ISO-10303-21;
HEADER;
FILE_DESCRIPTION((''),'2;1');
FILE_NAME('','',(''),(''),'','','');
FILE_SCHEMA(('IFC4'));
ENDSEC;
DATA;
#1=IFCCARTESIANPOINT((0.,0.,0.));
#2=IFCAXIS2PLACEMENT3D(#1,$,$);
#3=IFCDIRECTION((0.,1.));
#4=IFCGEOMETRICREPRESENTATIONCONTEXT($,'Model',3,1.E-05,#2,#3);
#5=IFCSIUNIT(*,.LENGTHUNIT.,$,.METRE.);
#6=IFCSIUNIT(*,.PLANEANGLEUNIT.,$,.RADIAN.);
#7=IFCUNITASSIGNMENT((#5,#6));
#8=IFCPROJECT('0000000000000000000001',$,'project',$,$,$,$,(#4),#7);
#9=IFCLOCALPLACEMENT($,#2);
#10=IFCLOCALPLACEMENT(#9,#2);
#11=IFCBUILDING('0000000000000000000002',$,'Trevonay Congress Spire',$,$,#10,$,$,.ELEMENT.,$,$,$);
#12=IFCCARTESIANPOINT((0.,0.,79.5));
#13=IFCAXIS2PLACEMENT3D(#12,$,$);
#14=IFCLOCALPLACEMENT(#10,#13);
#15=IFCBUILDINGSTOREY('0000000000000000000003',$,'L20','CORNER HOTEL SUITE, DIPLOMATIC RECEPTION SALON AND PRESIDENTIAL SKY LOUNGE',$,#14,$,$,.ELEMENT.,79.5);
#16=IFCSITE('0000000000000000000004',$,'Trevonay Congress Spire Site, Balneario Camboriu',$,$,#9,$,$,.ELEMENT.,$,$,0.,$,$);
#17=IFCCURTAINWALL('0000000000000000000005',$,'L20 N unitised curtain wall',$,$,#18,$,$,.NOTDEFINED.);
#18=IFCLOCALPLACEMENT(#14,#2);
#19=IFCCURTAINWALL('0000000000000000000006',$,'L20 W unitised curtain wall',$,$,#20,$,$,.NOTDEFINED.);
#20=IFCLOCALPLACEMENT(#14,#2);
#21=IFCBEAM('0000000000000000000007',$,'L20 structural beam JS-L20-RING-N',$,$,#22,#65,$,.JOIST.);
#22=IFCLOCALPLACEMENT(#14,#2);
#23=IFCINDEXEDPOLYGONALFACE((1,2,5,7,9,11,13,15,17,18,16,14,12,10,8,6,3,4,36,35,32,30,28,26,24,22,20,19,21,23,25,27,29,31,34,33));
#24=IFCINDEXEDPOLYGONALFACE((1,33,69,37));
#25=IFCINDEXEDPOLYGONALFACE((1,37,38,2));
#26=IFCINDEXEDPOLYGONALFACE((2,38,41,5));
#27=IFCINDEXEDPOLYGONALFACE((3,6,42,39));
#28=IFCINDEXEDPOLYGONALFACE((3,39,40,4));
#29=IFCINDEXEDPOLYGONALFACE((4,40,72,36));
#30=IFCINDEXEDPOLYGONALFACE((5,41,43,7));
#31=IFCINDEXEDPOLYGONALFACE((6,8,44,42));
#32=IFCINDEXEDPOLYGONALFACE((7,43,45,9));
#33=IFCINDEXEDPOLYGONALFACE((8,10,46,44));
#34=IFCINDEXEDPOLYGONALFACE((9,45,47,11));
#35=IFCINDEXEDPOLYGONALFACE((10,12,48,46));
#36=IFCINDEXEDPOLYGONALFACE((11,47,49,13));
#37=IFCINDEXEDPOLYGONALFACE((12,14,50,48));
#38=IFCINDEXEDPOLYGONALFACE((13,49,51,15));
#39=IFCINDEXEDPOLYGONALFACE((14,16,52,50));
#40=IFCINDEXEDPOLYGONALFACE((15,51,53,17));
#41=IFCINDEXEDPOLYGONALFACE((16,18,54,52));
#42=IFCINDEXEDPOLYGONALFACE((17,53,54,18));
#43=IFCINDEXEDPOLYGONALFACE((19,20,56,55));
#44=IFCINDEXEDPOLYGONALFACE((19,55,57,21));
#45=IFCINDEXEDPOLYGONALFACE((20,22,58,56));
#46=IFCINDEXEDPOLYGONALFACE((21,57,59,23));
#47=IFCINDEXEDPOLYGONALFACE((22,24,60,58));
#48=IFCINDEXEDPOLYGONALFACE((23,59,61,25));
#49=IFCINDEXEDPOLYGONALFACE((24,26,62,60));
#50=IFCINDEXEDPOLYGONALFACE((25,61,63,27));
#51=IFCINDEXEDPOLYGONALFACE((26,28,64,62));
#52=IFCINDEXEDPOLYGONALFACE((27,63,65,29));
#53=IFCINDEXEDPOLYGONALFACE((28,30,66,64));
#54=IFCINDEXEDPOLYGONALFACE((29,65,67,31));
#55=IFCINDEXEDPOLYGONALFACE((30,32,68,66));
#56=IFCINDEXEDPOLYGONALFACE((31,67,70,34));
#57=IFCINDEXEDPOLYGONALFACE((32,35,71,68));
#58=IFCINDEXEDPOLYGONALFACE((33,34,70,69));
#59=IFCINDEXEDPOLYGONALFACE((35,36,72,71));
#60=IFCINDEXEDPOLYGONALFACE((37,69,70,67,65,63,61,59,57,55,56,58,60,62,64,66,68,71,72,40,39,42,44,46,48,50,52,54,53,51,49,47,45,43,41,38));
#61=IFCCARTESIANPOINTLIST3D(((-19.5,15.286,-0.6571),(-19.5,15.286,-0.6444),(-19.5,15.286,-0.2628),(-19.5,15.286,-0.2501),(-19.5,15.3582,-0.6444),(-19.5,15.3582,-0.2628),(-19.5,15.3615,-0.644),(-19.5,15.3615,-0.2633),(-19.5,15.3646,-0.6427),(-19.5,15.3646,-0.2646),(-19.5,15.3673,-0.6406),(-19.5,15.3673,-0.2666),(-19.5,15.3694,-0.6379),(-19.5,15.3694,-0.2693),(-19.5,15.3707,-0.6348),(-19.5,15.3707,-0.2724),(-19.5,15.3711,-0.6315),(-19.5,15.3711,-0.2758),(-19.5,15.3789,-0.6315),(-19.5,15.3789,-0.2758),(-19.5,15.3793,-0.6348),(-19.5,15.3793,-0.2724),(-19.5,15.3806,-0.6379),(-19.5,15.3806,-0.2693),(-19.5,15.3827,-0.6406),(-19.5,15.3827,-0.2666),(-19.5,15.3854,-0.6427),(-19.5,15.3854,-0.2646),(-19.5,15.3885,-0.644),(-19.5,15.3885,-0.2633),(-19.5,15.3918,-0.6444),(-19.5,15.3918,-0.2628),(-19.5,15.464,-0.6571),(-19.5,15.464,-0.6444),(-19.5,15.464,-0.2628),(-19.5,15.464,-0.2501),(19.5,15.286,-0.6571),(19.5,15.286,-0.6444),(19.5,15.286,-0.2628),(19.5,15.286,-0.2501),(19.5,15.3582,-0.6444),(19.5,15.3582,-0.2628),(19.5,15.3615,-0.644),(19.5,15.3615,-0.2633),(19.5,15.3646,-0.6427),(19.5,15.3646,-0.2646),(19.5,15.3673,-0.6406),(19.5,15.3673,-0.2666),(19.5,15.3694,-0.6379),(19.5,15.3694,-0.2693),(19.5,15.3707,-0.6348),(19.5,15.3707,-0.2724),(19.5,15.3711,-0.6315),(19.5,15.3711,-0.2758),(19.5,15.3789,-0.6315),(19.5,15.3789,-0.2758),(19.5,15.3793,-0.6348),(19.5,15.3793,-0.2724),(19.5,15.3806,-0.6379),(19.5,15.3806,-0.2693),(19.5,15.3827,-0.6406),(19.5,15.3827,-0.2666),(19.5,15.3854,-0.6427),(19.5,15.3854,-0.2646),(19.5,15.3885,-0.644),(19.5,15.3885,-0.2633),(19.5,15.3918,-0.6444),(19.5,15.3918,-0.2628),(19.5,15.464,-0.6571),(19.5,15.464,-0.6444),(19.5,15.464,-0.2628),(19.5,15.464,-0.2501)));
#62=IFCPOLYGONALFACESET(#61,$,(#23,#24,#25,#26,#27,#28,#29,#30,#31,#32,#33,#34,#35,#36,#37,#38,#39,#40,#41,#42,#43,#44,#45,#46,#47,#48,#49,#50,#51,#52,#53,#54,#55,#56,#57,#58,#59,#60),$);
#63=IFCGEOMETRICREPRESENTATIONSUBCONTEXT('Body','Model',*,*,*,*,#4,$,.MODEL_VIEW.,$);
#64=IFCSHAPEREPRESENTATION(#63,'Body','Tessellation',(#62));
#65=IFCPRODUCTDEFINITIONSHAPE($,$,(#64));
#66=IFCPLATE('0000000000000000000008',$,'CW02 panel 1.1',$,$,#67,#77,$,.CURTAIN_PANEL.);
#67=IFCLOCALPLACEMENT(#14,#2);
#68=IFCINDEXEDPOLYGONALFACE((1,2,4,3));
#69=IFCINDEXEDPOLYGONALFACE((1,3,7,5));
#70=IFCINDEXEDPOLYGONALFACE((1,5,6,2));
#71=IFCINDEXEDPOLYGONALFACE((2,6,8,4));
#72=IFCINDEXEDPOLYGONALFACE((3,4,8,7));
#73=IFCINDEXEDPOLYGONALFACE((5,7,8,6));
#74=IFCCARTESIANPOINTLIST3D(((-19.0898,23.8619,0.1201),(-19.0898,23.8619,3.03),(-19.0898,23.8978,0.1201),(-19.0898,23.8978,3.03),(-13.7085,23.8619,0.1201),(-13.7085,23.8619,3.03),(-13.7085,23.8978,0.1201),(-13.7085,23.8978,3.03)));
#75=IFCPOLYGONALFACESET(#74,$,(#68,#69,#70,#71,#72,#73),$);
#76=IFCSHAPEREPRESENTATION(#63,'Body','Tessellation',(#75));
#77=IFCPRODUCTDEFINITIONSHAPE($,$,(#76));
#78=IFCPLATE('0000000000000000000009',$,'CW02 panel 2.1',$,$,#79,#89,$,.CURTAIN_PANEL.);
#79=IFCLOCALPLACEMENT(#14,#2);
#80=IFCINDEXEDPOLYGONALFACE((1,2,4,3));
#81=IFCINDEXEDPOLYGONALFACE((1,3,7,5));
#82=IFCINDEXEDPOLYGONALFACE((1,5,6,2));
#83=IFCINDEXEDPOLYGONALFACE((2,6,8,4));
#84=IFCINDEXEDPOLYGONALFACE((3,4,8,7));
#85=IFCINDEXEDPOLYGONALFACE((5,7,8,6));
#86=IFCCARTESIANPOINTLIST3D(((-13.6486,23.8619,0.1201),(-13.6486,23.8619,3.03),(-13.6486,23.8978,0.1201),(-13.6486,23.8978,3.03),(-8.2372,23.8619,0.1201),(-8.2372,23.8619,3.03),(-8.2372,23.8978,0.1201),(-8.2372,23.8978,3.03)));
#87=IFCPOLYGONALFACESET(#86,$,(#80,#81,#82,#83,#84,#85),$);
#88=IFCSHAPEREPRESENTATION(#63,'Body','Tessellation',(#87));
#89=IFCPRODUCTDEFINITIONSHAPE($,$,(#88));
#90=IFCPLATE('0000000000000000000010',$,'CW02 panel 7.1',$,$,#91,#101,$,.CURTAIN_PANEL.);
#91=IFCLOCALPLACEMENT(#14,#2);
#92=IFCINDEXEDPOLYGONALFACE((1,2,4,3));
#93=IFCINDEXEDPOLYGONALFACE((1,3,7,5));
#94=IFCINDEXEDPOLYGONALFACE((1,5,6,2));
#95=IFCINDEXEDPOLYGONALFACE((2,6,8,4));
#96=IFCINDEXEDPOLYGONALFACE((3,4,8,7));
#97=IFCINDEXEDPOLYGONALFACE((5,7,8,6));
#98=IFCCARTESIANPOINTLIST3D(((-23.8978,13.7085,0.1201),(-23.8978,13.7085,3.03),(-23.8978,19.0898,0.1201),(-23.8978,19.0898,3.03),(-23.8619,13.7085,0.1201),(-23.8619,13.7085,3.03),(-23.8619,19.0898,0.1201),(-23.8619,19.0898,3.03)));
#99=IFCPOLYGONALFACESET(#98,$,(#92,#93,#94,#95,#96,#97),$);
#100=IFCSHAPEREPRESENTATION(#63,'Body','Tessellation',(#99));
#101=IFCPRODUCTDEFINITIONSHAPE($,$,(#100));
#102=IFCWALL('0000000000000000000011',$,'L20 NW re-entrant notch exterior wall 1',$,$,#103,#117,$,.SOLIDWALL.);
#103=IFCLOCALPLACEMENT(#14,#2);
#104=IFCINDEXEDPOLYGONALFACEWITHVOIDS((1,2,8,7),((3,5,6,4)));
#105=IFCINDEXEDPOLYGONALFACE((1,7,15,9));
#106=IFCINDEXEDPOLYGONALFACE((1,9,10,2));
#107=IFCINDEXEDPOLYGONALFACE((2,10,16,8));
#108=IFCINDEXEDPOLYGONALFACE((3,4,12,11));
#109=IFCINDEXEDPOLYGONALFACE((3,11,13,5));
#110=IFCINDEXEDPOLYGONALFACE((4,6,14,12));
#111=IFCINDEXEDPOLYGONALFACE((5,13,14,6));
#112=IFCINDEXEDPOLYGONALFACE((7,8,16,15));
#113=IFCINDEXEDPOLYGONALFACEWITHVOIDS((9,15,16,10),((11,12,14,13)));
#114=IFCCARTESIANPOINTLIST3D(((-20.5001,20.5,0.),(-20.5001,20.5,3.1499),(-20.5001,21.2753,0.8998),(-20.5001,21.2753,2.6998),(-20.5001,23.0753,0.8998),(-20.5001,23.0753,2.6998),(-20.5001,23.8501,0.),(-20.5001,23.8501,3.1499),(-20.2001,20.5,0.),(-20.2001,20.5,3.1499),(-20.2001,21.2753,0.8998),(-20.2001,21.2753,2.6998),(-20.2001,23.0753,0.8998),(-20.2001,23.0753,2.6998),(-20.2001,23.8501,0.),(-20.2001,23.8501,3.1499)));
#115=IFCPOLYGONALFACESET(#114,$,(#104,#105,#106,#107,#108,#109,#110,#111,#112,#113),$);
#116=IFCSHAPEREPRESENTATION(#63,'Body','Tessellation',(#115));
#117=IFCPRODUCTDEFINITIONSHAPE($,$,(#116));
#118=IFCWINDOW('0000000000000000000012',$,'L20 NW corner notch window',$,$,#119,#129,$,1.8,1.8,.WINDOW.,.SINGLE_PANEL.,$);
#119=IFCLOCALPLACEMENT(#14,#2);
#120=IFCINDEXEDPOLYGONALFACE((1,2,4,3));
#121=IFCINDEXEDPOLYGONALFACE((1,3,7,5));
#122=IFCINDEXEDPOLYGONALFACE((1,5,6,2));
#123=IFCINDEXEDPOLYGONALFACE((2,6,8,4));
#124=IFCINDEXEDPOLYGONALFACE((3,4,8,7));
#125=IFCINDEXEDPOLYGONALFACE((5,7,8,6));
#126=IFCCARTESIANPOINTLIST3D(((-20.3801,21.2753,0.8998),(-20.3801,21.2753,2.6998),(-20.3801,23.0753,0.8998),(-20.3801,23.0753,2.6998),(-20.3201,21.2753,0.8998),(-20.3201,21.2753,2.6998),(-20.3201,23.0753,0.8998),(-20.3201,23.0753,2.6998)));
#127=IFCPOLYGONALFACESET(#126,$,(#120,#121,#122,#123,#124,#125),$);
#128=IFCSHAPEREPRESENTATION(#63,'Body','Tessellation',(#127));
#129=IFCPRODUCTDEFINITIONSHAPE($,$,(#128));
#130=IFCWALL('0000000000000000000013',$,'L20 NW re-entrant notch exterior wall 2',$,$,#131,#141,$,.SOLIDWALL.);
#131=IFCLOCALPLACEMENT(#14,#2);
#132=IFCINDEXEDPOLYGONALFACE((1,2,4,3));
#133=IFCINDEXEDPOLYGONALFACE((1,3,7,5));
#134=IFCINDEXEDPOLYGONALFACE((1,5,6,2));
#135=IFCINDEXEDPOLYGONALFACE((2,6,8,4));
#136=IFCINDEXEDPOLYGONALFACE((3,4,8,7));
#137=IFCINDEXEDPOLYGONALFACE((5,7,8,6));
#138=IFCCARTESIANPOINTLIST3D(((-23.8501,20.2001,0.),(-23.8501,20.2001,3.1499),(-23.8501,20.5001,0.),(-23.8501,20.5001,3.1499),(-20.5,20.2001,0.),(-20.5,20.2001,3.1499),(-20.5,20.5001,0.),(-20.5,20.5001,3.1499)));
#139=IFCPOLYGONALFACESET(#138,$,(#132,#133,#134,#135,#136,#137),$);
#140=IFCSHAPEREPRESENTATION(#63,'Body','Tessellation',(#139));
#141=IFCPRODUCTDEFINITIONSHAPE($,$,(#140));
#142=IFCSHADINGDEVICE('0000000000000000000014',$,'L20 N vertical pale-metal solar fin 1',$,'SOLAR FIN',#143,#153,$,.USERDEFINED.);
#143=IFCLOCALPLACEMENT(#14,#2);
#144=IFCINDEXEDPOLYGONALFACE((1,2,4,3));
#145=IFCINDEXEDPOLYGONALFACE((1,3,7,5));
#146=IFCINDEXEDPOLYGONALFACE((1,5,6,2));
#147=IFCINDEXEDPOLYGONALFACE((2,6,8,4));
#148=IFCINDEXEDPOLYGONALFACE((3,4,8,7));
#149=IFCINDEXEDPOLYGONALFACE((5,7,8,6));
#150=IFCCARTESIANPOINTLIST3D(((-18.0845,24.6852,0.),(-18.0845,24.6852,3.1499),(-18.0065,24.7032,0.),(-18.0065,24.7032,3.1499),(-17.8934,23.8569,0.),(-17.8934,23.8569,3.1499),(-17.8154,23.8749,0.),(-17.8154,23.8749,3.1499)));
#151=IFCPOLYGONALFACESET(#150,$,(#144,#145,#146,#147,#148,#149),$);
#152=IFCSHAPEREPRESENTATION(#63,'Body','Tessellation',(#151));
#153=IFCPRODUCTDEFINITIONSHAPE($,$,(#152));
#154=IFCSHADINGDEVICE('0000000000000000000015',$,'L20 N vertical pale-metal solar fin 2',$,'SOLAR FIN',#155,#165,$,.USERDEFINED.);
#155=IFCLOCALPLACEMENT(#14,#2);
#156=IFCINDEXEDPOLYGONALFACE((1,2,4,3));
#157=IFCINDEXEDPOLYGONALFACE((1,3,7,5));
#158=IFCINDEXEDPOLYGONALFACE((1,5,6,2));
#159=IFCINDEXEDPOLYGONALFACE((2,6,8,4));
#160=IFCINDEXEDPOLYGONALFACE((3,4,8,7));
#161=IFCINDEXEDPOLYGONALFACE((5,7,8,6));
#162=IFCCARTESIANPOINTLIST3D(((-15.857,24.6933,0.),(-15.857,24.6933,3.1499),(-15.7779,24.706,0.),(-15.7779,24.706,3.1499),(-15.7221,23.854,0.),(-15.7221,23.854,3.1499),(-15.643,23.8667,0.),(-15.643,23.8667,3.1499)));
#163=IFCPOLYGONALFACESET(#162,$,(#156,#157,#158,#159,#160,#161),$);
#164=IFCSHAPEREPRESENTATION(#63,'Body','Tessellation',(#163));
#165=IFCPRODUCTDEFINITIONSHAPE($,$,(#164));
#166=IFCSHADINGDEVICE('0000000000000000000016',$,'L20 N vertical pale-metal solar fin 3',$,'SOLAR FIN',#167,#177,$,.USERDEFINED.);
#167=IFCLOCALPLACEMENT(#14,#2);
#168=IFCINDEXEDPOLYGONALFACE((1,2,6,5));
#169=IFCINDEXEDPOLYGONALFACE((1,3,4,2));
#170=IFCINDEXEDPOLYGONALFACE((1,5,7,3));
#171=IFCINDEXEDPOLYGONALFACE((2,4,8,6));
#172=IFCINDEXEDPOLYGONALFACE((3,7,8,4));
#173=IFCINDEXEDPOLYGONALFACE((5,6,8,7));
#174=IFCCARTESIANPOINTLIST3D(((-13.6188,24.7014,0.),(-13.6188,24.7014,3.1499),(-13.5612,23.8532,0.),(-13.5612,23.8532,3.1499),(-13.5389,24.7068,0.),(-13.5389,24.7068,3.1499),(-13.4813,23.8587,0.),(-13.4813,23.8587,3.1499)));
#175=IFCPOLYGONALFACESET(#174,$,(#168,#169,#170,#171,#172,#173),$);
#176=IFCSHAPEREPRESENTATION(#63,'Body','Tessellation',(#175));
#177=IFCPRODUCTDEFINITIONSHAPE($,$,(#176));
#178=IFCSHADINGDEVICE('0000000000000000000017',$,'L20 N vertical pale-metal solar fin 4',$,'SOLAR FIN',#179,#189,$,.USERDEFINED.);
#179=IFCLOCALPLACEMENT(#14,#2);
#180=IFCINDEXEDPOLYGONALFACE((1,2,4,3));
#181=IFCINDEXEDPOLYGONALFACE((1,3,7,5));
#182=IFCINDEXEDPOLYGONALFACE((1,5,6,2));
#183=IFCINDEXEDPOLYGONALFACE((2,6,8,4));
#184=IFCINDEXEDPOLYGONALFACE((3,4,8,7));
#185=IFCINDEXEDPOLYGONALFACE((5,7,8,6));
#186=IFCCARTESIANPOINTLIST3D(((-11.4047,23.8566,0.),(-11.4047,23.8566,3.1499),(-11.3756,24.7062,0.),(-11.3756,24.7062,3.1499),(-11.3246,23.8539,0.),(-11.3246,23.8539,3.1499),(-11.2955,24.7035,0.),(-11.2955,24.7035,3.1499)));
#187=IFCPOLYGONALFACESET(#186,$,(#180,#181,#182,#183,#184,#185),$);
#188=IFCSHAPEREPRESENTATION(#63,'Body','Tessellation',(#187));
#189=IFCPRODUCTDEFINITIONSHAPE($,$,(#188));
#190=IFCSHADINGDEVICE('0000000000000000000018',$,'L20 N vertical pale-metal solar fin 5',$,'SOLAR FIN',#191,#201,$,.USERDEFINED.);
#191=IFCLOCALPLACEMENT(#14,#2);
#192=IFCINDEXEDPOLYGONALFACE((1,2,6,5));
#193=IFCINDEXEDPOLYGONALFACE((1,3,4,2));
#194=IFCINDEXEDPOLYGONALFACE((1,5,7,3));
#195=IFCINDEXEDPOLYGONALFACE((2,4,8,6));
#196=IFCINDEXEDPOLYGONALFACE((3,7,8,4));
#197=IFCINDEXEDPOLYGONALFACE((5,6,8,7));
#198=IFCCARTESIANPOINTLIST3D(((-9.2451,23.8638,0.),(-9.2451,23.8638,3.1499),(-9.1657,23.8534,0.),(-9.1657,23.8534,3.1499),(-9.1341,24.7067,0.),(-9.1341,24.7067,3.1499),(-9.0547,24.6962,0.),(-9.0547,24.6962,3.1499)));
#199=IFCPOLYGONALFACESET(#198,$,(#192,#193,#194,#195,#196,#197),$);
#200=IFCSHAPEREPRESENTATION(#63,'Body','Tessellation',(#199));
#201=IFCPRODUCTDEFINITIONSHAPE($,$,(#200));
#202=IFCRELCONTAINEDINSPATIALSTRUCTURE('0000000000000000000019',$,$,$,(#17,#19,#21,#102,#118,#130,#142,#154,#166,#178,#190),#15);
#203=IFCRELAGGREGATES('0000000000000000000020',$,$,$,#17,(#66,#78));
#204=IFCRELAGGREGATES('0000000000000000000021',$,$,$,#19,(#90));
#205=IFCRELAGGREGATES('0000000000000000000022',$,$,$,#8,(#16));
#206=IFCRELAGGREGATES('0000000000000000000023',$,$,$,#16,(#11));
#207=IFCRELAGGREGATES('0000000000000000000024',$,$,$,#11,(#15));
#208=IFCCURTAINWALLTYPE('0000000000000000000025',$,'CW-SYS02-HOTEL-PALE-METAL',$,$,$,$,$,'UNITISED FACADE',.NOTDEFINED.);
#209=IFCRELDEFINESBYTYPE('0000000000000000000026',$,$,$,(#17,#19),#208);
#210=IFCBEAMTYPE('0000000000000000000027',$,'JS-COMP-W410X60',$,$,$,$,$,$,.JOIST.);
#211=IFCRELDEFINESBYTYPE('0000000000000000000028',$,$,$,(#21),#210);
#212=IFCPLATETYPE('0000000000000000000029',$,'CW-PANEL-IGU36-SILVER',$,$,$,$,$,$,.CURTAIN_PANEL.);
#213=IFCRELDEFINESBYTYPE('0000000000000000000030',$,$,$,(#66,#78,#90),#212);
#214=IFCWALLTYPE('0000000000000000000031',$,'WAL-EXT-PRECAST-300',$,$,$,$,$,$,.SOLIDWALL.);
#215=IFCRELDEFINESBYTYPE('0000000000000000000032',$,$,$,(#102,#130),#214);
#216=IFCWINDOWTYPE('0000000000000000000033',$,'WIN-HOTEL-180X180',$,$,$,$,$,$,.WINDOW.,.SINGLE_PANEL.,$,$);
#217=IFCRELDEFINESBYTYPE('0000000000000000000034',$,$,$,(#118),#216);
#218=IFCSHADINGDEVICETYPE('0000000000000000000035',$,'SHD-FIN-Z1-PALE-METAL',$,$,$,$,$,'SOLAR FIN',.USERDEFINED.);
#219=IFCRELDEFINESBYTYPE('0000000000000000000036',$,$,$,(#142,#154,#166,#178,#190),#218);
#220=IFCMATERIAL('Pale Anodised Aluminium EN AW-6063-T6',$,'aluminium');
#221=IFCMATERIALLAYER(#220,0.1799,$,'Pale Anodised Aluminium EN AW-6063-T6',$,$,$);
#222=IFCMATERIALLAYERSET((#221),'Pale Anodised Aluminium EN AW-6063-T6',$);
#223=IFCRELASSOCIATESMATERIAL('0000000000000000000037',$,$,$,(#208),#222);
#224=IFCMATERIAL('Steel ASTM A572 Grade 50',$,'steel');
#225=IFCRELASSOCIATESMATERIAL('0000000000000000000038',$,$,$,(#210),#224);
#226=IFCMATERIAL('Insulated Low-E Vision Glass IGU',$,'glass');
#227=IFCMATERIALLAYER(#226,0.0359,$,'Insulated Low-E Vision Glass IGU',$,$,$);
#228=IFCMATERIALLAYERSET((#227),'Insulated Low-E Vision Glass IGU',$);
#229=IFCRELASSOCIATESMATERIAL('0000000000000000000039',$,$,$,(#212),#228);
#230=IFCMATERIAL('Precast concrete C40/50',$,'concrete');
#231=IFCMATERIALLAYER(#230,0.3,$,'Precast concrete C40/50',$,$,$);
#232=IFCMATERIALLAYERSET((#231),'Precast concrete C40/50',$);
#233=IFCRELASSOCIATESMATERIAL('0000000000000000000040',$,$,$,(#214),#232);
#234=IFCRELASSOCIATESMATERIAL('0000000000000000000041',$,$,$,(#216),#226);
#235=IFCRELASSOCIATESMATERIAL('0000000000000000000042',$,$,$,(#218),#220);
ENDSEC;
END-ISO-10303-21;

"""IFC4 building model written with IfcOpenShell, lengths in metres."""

from ifc_helpers import new_model, si_unit, direction, frame, frame_2d, origin, origin_2d, place, context, subcontext, project, spatial, rectangle, i_section, extrude, material, layer, layer_set, material_profile, profile_set, type_object, element, fill, aggregate, save


model = new_model("IFC4")

# Units and contexts
model_context = context("Model", 3, precision=1e-05, world=origin(), true_north=direction((0.0, 1.0)))
body_context = subcontext(model_context, "Body", "Model", "MODEL_VIEW")
ifc_project = project(units=[si_unit("LENGTHUNIT", "METRE"), si_unit("PLANEANGLEUNIT", "RADIAN")], contexts=[model_context])

# Site, building, storey
site_placement = place(None, origin())
site = spatial("IfcSite", under=ifc_project, at=site_placement, Name="Trevonay Congress Spire Site, Balneario Camboriu", CompositionType="ELEMENT", RefElevation=0.0)
building_placement = place(site_placement, origin())
building = spatial("IfcBuilding", under=site, at=building_placement, Name="Trevonay Congress Spire", CompositionType="ELEMENT")
storey_placement = place(building_placement, frame((0.0, 0.0, 79.5)))
storey = spatial("IfcBuildingStorey", under=building, at=storey_placement, Name="L20", Description="CORNER HOTEL SUITE, DIPLOMATIC RECEPTION SALON AND PRESIDENTIAL SKY LOUNGE", CompositionType="ELEMENT", Elevation=79.5)

# Shared definitions
ifc_material_1 = material(Name="Steel ASTM A572 Grade 50", Category="steel")

# Curtain wall
ifc_material_2 = material(Name="Pale Anodised Aluminium EN AW-6063-T6", Category="aluminium")
ifc_layer_1 = layer(ifc_material_2, 0.1799, Name="Pale Anodised Aluminium EN AW-6063-T6")
ifc_layer_set_1 = layer_set([ifc_layer_1], Name="Pale Anodised Aluminium EN AW-6063-T6")
curtain_wall_type = type_object("IfcCurtainWallType", Name="CW-SYS02-HOTEL-PALE-METAL", ElementType="UNITISED FACADE", PredefinedType="NOTDEFINED", material=ifc_layer_set_1)
curtain_wall_1_placement = place(storey_placement, origin())
curtain_wall_1 = element("IfcCurtainWall", 1, at=curtain_wall_1_placement, inside=storey, type_object=curtain_wall_type, Name="L20 N unitised curtain wall", PredefinedType="NOTDEFINED")

# Curtain wall
curtain_wall_2_placement = place(storey_placement, origin())
curtain_wall_2 = element("IfcCurtainWall", 2, at=curtain_wall_2_placement, inside=storey, type_object=curtain_wall_type, Name="L20 W unitised curtain wall", PredefinedType="NOTDEFINED")

# Beam
ifc_material_profile_1 = material_profile(ifc_material_1, i_section(OverallWidth=0.178, OverallDepth=0.407, WebThickness=0.0078, FlangeThickness=0.0127, FilletRadius=0.0129, at=origin_2d()), Name="W410x60")
ifc_profile_set_1 = profile_set([ifc_material_profile_1], Name="Steel ASTM A572 Grade 50")
beam_type_1 = type_object("IfcBeamType", Name="JS-COMP-W410X60", PredefinedType="JOIST", material=ifc_profile_set_1)
beam_1_placement = place(storey_placement, frame((-19.5, 15.375, -0.4536), z_axis=(1.0, 0.0, 0.0), x_axis=(0.0, 1.0, 0.0)))
element("IfcBeam", 3, at=beam_1_placement, inside=storey, type_object=beam_type_1, Name="L20 structural beam JS-L20-RING-N", PredefinedType="JOIST", context=body_context, shape_type="SweptSolid", body=[
    extrude(i_section(OverallWidth=0.178, OverallDepth=0.407, WebThickness=0.0078, FlangeThickness=0.0127, FilletRadius=0.0129, at=origin_2d()), origin(), (0.0, 0.0, 1.0), 39.0),
])

# Plates
ifc_material_3 = material(Name="Insulated Low-E Vision Glass IGU", Category="glass")
ifc_layer_2 = layer(ifc_material_3, 0.0359, Name="Insulated Low-E Vision Glass IGU")
ifc_layer_set_2 = layer_set([ifc_layer_2], Name="Insulated Low-E Vision Glass IGU")
plate_type = type_object("IfcPlateType", Name="CW-PANEL-IGU36-SILVER", PredefinedType="CURTAIN_PANEL", material=ifc_layer_set_2)
plate_1_placement = place(storey_placement, frame((-16.3992, 23.8799, 0.1201), z_axis=(0.0, 0.0, 1.0), x_axis=(1.0, 0.0, 0.0)))
plate_1 = element("IfcPlate", 4, at=plate_1_placement, type_object=plate_type, Name="CW02 panel 1.1", PredefinedType="CURTAIN_PANEL", context=body_context, shape_type="SweptSolid", body=[
    extrude(rectangle(XDim=5.3813, YDim=0.0359, at=origin_2d()), origin(), (0.0, 0.0, 1.0), 2.9099),
])
plate_2_placement = place(storey_placement, frame((-10.9429, 23.8799, 0.1201), z_axis=(0.0, 0.0, 1.0), x_axis=(1.0, 0.0, 0.0)))
plate_2 = element("IfcPlate", 5, at=plate_2_placement, type_object=plate_type, Name="CW02 panel 2.1", PredefinedType="CURTAIN_PANEL", context=body_context, shape_type="SweptSolid", body=[
    extrude(rectangle(XDim=5.4114, YDim=0.0359, at=origin_2d()), origin(), (0.0, 0.0, 1.0), 2.9099),
])
aggregate(curtain_wall_1, [plate_1, plate_2])
plate_3_placement = place(storey_placement, frame((-23.8799, 16.3992, 0.1201), z_axis=(0.0, 0.0, 1.0), x_axis=(0.0, 1.0, 0.0)))
plate_3 = element("IfcPlate", 6, at=plate_3_placement, type_object=plate_type, Name="CW02 panel 7.1", PredefinedType="CURTAIN_PANEL", context=body_context, shape_type="SweptSolid", body=[
    extrude(rectangle(XDim=5.3813, YDim=0.0359, at=origin_2d()), origin(), (0.0, 0.0, 1.0), 2.9099),
])
aggregate(curtain_wall_2, [plate_3])

# Wall, opening, window
ifc_material_4 = material(Name="Precast concrete C40/50", Category="concrete")
ifc_layer_3 = layer(ifc_material_4, 0.3, Name="Precast concrete C40/50")
ifc_layer_set_3 = layer_set([ifc_layer_3], Name="Precast concrete C40/50")
wall_type = type_object("IfcWallType", Name="WAL-EXT-PRECAST-300", PredefinedType="SOLIDWALL", material=ifc_layer_set_3)
wall_1_placement = place(storey_placement, frame((-20.3501, 23.8501, 0.0), z_axis=(0.0, 0.0, 1.0), x_axis=(0.0, -1.0, 0.0)))
wall_1 = element("IfcWall", 7, at=wall_1_placement, inside=storey, type_object=wall_type, Name="L20 NW re-entrant notch exterior wall 1", PredefinedType="SOLIDWALL", context=body_context, shape_type="SweptSolid", body=[
    extrude(rectangle(XDim=3.3501, YDim=0.3, at=frame_2d((1.675, 0.0))), origin(), (0.0, 0.0, 1.0), 3.1499),
])
opening_placement = place(wall_1_placement, frame((0.7749, 0.0, 0.8999)))
opening = element("IfcOpeningElement", 8, at=opening_placement, cuts=wall_1, PredefinedType="OPENING", context=body_context, shape_type="SweptSolid", body=[
    extrude(rectangle(XDim=1.8, YDim=1.8, at=frame_2d((0.8999, 0.8999))), frame((0.0, 0.1602, 0.0), z_axis=(0.0, -1.0, 0.0), x_axis=(1.0, 0.0, 0.0)), (0.0, 0.0, 1.0), 0.3201),
])
window_type = type_object("IfcWindowType", Name="WIN-HOTEL-180X180", PartitioningType="SINGLE_PANEL", PredefinedType="WINDOW", material=ifc_material_3)
window_placement = place(opening_placement, origin())
window = element("IfcWindow", 9, at=window_placement, inside=storey, type_object=window_type, Name="L20 NW corner notch window", OverallHeight=1.8, OverallWidth=1.8, PartitioningType="SINGLE_PANEL", PredefinedType="WINDOW", context=body_context, shape_type="SweptSolid", body=[
    extrude(rectangle(XDim=1.8, YDim=1.8, at=frame_2d((0.8999, 0.8999))), frame((0.0, 0.03, 0.0), z_axis=(0.0, -1.0, 0.0), x_axis=(1.0, 0.0, 0.0)), (0.0, 0.0, 1.0), 0.0601),
])
fill(opening, window)

# Wall
wall_2_placement = place(storey_placement, frame((-23.8501, 20.3501, 0.0), z_axis=(0.0, 0.0, 1.0), x_axis=(1.0, 0.0, 0.0)))
element("IfcWall", 10, at=wall_2_placement, inside=storey, type_object=wall_type, Name="L20 NW re-entrant notch exterior wall 2", PredefinedType="SOLIDWALL", context=body_context, shape_type="SweptSolid", body=[
    extrude(rectangle(XDim=3.3501, YDim=0.3, at=frame_2d((1.675, 0.0))), origin(), (0.0, 0.0, 1.0), 3.1499),
])

# Shading devices
shading_device_type = type_object("IfcShadingDeviceType", Name="SHD-FIN-Z1-PALE-METAL", ElementType="SOLAR FIN", PredefinedType="USERDEFINED", material=ifc_material_2)
for number, where, z_axis, x_axis, name in (
    (11, (-17.95, 24.28, 0.0), (0.0, 0.0, 1.0), (0.974409, 0.224781, 0.0), "L20 N vertical pale-metal solar fin 1"),
    (12, (-15.75, 24.28, 0.0), (0.0, 0.0, 1.0), (0.987331, 0.158675, 0.0), "L20 N vertical pale-metal solar fin 2"),
    (13, (-13.55, 24.28, 0.0), (0.0, 0.0, 1.0), (0.997708, 0.067667, 0.0), "L20 N vertical pale-metal solar fin 3"),
    (14, (-11.3501, 24.28, 0.0), (0.0, 0.0, 1.0), (0.999415, -0.034202, 0.0), "L20 N vertical pale-metal solar fin 4"),
    (15, (-9.1499, 24.28, 0.0), (0.0, 0.0, 1.0), (0.991445, -0.130526, 0.0), "L20 N vertical pale-metal solar fin 5"),
):
    element("IfcShadingDevice", number, at=place(storey_placement, frame(where, z_axis=z_axis, x_axis=x_axis)), inside=storey, type_object=shading_device_type, Name=name, ObjectType="SOLAR FIN", PredefinedType="USERDEFINED", context=body_context, shape_type="SweptSolid", body=[
        extrude(rectangle(XDim=0.0801, YDim=0.8501, at=origin_2d()), origin(), (0.0, 0.0, 1.0), 3.1499),
    ])

save(model, "model.ifc")
